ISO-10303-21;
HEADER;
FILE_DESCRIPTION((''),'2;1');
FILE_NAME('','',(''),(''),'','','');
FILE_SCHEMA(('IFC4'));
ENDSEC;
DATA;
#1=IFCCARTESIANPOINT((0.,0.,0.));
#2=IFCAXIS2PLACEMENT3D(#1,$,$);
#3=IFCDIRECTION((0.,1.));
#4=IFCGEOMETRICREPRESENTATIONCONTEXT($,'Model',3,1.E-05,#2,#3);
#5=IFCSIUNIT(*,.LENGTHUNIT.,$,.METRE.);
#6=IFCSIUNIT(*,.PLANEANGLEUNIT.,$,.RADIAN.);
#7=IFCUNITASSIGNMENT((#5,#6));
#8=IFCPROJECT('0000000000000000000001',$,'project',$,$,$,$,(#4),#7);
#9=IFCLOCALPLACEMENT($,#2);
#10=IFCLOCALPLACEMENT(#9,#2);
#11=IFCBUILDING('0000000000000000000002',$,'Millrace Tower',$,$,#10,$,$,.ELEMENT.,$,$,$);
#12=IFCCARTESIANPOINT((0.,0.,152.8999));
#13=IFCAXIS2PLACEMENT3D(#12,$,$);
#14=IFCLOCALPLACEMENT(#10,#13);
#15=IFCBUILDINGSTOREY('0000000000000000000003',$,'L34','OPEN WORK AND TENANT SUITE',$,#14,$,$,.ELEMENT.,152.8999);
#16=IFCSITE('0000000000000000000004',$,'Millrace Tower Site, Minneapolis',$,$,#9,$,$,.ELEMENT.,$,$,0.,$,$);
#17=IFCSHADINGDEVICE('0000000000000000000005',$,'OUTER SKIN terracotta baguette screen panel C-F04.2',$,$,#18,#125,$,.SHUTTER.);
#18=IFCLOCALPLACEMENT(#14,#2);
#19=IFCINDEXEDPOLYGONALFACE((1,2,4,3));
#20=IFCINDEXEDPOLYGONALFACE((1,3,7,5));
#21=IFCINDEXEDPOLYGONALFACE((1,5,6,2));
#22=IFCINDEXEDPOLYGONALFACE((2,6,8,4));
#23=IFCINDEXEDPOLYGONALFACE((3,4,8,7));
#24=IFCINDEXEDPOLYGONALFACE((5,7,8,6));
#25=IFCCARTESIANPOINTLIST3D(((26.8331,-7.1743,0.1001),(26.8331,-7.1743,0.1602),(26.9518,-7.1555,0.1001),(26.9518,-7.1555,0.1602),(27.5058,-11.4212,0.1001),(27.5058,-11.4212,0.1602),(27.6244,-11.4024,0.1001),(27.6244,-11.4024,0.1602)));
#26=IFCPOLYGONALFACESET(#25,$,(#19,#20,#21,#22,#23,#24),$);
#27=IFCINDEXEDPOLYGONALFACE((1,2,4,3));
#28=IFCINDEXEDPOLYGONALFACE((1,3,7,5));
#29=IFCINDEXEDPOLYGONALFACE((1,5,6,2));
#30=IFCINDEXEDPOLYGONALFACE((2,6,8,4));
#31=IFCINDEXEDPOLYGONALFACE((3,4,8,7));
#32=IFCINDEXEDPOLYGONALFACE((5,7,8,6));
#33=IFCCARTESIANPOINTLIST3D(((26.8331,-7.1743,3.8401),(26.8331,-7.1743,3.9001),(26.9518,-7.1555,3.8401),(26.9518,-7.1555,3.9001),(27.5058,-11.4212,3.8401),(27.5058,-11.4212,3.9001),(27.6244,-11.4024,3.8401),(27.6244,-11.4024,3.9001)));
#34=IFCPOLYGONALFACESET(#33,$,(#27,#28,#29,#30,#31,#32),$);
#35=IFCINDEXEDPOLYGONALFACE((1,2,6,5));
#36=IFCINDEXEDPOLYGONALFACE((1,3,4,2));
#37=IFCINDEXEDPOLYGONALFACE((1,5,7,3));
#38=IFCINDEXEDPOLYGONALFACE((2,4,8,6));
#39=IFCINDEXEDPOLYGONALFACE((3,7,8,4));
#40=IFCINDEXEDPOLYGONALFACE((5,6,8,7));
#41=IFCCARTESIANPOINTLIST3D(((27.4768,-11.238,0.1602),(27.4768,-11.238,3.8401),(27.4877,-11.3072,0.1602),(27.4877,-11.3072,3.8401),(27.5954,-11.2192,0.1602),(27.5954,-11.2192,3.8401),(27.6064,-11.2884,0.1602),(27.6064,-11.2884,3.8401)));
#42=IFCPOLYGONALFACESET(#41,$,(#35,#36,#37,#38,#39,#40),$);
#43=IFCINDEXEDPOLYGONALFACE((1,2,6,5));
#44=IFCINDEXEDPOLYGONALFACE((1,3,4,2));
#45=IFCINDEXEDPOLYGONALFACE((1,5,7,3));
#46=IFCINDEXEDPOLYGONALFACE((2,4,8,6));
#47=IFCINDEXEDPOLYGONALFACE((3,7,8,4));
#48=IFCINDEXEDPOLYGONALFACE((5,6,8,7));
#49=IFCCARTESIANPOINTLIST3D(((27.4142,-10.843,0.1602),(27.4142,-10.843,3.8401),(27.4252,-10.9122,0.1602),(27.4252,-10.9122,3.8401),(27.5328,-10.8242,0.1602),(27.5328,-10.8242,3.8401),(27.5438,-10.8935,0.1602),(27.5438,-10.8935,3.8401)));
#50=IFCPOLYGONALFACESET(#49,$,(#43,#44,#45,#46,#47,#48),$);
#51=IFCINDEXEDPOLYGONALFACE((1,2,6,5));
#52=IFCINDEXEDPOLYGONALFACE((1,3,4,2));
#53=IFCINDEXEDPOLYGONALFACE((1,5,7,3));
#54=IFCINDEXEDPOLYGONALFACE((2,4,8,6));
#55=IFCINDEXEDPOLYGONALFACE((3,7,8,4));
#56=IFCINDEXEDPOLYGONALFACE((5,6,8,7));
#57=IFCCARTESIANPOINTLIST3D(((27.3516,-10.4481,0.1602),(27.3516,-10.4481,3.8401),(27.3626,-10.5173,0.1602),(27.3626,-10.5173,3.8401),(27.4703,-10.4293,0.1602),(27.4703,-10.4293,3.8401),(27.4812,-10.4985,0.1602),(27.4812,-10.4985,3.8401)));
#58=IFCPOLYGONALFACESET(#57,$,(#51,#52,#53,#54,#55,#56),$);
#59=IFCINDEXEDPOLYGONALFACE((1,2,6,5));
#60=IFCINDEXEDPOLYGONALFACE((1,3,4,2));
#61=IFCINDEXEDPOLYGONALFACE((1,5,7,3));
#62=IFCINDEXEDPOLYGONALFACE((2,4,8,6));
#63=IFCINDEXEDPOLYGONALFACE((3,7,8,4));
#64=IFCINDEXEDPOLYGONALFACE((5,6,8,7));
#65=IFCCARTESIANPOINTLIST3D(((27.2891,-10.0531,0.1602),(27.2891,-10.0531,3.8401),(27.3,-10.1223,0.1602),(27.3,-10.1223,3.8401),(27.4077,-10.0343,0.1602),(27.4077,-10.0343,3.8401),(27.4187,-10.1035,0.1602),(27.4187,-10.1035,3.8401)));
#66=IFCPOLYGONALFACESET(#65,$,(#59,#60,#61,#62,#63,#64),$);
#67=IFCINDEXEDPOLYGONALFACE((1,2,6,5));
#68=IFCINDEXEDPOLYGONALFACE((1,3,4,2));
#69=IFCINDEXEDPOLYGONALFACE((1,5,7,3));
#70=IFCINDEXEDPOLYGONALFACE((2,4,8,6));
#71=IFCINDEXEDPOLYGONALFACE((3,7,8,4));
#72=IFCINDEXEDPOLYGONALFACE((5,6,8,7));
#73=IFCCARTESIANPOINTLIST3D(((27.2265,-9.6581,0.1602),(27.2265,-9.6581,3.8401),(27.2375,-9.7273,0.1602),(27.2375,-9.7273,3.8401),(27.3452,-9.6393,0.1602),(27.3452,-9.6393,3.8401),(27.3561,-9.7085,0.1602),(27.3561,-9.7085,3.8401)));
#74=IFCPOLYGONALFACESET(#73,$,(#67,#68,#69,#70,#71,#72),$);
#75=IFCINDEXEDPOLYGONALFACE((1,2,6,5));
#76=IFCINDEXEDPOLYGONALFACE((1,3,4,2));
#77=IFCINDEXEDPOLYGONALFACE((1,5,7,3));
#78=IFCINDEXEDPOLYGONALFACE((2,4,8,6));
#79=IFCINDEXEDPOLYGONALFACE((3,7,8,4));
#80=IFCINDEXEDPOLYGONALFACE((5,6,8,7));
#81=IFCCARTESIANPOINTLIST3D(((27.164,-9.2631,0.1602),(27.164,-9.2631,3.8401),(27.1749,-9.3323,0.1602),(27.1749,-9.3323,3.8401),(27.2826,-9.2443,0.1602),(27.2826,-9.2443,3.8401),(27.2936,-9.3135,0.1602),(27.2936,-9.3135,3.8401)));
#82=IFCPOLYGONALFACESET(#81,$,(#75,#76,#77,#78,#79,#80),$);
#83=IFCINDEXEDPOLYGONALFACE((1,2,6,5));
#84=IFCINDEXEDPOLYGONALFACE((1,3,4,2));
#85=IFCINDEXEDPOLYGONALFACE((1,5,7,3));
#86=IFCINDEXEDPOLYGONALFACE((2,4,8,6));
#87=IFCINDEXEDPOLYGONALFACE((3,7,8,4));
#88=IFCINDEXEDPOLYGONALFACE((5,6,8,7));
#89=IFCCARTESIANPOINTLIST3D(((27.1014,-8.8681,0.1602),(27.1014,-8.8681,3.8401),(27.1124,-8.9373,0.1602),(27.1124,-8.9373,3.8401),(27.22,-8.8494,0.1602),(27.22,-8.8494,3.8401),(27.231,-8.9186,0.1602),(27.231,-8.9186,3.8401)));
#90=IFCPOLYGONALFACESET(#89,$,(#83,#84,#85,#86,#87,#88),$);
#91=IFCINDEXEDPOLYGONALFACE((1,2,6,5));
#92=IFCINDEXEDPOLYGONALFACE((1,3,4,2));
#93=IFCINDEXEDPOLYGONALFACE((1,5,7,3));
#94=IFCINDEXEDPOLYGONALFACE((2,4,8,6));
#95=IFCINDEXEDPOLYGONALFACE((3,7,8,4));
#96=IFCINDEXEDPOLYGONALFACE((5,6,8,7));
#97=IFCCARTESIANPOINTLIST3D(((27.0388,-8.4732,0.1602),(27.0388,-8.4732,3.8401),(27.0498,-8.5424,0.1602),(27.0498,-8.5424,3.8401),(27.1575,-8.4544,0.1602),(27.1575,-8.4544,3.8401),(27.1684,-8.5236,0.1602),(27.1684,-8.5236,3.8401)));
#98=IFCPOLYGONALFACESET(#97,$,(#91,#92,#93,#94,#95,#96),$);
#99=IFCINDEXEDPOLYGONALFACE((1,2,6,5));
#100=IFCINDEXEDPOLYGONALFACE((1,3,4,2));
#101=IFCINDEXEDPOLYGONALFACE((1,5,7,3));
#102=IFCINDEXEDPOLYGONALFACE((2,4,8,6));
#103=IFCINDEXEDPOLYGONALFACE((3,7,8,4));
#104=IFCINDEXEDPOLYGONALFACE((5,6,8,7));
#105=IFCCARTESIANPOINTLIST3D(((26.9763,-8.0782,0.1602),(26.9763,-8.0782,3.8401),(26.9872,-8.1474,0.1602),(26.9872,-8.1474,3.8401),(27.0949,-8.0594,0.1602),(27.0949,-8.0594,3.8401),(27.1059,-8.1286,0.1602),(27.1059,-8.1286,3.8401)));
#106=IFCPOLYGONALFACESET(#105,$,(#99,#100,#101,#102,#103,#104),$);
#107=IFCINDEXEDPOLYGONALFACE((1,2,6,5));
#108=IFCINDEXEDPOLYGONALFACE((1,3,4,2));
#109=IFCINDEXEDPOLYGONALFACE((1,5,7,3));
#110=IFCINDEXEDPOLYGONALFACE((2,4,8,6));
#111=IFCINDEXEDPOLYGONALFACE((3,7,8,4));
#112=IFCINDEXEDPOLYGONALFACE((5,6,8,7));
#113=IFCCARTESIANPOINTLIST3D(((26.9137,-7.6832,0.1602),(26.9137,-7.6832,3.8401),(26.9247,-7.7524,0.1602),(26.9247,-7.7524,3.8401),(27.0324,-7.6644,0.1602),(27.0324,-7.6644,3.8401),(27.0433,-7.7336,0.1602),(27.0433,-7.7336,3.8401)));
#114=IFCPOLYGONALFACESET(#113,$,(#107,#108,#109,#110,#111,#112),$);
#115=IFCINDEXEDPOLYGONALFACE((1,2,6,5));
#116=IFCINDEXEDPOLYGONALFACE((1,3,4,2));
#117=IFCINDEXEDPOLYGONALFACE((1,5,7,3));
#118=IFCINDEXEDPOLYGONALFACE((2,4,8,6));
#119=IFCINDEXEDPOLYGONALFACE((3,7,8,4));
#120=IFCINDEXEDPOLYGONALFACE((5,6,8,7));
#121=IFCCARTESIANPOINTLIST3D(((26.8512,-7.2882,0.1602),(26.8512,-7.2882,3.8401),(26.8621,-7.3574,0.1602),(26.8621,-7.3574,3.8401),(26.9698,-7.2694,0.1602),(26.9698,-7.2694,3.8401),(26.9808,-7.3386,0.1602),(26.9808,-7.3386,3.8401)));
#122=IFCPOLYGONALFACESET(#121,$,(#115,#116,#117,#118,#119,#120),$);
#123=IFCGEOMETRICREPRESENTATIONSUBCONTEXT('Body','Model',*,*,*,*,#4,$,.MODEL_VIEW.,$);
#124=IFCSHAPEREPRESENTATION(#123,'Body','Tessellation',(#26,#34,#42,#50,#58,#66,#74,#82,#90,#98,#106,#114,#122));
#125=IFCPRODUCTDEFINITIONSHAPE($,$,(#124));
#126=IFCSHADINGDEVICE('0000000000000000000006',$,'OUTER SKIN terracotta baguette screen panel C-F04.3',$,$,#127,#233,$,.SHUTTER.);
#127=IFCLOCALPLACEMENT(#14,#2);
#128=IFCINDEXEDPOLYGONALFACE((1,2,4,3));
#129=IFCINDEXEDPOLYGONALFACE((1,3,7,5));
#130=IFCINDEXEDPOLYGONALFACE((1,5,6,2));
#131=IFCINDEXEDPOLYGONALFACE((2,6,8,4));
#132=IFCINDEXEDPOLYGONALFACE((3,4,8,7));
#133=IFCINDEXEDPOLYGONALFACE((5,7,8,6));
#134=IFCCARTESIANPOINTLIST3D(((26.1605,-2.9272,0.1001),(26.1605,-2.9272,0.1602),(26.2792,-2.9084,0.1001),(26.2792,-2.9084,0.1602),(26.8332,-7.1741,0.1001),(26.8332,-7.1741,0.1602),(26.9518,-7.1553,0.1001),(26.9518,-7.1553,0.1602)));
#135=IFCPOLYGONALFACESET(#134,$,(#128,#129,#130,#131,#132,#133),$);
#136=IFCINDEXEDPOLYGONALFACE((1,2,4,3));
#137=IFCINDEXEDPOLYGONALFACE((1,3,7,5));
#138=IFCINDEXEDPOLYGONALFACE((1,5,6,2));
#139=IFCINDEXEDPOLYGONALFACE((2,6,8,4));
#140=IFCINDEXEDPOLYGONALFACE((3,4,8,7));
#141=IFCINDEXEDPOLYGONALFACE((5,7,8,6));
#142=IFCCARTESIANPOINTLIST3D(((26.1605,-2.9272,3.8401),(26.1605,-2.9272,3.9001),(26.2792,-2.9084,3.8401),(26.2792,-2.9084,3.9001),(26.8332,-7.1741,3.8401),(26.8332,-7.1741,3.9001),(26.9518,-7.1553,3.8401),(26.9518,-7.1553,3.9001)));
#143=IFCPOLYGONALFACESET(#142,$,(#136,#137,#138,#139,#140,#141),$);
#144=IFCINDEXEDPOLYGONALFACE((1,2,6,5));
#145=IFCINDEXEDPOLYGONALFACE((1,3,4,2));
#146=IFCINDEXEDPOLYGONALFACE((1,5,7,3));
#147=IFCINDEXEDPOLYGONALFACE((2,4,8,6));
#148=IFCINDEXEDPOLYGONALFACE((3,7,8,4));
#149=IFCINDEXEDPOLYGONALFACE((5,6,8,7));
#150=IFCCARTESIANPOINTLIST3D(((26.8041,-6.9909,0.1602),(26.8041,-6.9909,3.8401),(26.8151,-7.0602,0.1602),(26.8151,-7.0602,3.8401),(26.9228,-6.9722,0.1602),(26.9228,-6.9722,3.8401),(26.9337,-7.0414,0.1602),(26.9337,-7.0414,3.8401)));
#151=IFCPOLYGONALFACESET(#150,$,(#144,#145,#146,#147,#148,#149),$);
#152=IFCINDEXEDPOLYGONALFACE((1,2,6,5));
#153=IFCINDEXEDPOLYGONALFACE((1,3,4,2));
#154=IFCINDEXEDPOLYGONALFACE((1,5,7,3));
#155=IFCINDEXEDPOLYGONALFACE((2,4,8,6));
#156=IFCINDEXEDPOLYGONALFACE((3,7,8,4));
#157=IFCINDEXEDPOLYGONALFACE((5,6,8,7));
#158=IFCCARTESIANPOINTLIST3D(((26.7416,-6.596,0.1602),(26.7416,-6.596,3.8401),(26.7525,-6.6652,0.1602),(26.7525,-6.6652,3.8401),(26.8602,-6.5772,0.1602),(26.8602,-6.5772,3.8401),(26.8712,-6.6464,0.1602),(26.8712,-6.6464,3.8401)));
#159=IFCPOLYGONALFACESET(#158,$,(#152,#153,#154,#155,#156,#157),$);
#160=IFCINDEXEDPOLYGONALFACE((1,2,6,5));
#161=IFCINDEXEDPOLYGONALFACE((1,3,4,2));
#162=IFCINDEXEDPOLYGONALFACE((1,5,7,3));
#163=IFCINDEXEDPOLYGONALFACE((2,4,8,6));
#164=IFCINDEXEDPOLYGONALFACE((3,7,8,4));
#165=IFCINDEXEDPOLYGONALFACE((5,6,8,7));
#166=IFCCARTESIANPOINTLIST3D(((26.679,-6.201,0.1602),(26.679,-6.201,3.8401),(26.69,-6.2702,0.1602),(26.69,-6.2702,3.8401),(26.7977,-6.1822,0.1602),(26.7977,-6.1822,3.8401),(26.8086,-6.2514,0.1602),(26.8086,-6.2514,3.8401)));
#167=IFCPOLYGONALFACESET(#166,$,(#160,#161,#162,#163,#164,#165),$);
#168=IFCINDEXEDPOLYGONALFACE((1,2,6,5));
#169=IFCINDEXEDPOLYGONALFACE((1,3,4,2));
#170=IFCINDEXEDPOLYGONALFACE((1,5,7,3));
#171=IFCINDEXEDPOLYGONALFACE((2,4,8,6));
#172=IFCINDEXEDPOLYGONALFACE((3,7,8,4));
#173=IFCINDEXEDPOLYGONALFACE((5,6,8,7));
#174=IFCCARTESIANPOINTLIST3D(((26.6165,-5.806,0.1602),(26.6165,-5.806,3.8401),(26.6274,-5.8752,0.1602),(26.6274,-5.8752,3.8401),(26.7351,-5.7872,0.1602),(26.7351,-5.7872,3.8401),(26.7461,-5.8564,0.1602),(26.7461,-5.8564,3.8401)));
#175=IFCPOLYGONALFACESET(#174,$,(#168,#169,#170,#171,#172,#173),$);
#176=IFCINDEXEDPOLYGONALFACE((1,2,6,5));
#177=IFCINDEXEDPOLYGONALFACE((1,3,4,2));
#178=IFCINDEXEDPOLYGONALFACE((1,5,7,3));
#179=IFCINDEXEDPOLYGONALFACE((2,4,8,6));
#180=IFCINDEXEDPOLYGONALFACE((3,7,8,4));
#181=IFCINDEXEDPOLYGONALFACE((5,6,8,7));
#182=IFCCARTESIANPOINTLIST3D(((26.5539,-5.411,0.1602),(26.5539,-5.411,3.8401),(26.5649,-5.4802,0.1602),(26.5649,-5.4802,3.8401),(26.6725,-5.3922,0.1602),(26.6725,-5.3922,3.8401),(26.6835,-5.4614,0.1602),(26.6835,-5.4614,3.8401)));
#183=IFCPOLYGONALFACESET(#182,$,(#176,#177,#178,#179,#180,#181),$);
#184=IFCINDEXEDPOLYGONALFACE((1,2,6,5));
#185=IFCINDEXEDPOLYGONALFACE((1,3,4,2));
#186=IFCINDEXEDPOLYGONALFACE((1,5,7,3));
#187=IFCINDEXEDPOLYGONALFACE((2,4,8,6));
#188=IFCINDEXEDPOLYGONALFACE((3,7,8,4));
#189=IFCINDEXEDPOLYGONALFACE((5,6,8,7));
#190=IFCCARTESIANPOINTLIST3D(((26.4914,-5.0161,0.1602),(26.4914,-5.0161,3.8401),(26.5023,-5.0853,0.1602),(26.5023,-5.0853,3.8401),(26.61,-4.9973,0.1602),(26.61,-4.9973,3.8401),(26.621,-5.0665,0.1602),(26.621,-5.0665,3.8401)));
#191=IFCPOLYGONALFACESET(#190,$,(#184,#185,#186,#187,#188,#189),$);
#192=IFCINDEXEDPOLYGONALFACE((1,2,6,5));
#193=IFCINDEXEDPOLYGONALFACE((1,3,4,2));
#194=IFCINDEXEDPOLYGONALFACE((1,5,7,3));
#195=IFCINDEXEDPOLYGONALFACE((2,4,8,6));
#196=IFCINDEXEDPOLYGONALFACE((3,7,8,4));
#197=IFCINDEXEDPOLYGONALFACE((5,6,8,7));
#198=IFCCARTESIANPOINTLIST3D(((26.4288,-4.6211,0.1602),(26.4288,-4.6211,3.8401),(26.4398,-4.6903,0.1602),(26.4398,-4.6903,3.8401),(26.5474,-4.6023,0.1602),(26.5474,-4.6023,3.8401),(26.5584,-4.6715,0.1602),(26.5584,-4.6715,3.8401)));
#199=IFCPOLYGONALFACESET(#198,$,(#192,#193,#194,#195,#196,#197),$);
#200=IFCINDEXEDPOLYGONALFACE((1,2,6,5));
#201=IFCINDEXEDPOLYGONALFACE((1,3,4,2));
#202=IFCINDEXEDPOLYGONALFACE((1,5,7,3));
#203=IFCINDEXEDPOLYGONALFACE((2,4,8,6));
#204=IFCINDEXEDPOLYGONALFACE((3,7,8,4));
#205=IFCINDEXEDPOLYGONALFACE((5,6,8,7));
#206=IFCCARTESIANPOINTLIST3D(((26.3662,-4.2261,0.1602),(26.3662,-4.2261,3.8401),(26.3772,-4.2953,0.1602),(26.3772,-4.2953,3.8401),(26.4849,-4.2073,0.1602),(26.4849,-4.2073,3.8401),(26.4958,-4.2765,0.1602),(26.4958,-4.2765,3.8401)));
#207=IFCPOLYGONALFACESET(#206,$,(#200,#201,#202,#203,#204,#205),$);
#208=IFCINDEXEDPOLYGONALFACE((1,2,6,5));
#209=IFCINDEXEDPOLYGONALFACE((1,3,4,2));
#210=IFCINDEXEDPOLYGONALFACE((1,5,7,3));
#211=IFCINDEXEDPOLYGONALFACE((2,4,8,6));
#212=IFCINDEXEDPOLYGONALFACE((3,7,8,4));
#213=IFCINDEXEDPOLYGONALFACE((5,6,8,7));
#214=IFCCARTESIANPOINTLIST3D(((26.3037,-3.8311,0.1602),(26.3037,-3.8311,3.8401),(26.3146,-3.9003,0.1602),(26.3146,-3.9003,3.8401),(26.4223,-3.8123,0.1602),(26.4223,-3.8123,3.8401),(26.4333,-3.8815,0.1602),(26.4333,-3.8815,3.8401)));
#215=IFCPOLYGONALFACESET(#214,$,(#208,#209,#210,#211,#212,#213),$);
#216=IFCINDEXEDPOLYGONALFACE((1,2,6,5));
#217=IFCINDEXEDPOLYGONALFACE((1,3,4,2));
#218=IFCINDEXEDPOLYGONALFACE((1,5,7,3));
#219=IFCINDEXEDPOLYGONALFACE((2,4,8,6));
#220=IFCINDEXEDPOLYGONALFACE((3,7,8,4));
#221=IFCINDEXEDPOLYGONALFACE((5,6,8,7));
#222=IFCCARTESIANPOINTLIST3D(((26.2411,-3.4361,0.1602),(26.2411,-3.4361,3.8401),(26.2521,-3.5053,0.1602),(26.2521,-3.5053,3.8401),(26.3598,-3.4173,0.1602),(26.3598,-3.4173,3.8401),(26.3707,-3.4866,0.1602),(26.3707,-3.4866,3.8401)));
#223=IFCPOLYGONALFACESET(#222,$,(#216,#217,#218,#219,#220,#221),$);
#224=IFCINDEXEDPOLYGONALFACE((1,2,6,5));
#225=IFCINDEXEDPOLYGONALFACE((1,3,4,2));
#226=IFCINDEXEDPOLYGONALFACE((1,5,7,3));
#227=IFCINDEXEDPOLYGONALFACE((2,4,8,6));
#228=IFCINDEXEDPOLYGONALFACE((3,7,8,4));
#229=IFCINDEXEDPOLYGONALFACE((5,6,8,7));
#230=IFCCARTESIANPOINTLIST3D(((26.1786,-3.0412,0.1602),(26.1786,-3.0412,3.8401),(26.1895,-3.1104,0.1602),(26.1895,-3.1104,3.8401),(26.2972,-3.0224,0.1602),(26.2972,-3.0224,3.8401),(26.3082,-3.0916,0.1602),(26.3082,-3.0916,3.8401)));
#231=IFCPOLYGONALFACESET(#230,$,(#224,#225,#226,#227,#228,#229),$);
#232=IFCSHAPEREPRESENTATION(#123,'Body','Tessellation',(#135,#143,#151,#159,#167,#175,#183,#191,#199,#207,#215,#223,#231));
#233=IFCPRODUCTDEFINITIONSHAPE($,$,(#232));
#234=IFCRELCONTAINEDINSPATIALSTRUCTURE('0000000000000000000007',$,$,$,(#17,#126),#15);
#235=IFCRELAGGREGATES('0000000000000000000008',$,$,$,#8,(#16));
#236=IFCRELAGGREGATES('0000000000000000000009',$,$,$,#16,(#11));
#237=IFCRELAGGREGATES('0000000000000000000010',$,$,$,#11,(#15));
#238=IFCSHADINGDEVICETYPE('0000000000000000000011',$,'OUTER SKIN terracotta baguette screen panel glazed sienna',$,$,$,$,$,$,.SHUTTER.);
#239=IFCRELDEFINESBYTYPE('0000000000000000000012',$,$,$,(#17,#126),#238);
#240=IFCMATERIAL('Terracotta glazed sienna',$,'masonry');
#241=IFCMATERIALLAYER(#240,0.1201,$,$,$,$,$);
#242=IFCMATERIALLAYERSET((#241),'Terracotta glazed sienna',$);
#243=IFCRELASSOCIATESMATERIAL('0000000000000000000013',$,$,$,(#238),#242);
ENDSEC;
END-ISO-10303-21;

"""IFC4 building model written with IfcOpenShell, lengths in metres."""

from ifc_helpers import new_model, entity, si_unit, direction, frame, frame_2d, origin, origin_2d, place, context, subcontext, project, spatial, rectangle, extrude, source, transform, mapped, material, layer, layer_set, type_object, element, save


model = new_model("IFC4")

# Units and contexts
model_context = context("Model", 3, precision=1e-05, world=origin(), true_north=direction((0.0, 1.0)))
body_context = subcontext(model_context, "Body", "Model", "MODEL_VIEW")
ifc_project = project(units=[si_unit("LENGTHUNIT", "METRE"), si_unit("PLANEANGLEUNIT", "RADIAN")], contexts=[model_context])

# Site, building, storey
site_placement = place(None, origin())
site = spatial("IfcSite", under=ifc_project, at=site_placement, Name="Millrace Tower Site, Minneapolis", CompositionType="ELEMENT", RefElevation=0.0)
building_placement = place(site_placement, origin())
building = spatial("IfcBuilding", under=site, at=building_placement, Name="Millrace Tower", CompositionType="ELEMENT")
storey_placement = place(building_placement, frame((0.0, 0.0, 152.8999)))
storey = spatial("IfcBuildingStorey", under=building, at=storey_placement, Name="L34", Description="OPEN WORK AND TENANT SUITE", CompositionType="ELEMENT", Elevation=152.8999)

# Shading devices
ifc_material_1 = material(Name="Terracotta glazed sienna", Category="masonry")
ifc_layer_1 = layer(ifc_material_1, 0.1201)
ifc_layer_set_1 = layer_set([ifc_layer_1], Name="Terracotta glazed sienna")
shading_device_type = type_object("IfcShadingDeviceType", Name="OUTER SKIN terracotta baguette screen panel glazed sienna", PredefinedType="SHUTTER", material=ifc_layer_set_1)
cartesian_point = entity("IfcCartesianPoint", [-2.1499, 0.0601])
shared_polyline = entity("IfcPolyline", [cartesian_point, entity("IfcCartesianPoint", [2.1499, 0.0601]), entity("IfcCartesianPoint", [2.1499, -0.0601]), entity("IfcCartesianPoint", [-2.1499, -0.0601]), cartesian_point])
shared_shape = source(origin(), body_context, "Body", "SweptSolid", [
    entity("IfcExtrudedAreaSolid", entity("IfcArbitraryClosedProfileDef", "AREA", None, shared_polyline), entity("IfcAxis2Placement3D", entity("IfcCartesianPoint", [0.0, 0.0, 0.0])), entity("IfcDirection", [0.0, 0.0, 1.0]), 0.0601),
    entity("IfcExtrudedAreaSolid", entity("IfcArbitraryClosedProfileDef", "AREA", None, shared_polyline), entity("IfcAxis2Placement3D", entity("IfcCartesianPoint", [0.0, 0.0, 3.74])), entity("IfcDirection", [0.0, 0.0, 1.0]), 0.0601),
    extrude(rectangle(XDim=0.0701, YDim=0.1201, at=frame_2d((-1.9995, 0.0))), frame((0.0, 0.0, 0.0601)), (0.0, 0.0, 1.0), 3.6799),
    extrude(rectangle(XDim=0.0701, YDim=0.1201, at=frame_2d((-1.5996, 0.0))), frame((0.0, 0.0, 0.0601)), (0.0, 0.0, 1.0), 3.6799),
    extrude(rectangle(XDim=0.0701, YDim=0.1201, at=frame_2d((-1.1997, 0.0))), frame((0.0, 0.0, 0.0601)), (0.0, 0.0, 1.0), 3.6799),
    extrude(rectangle(XDim=0.0701, YDim=0.1201, at=frame_2d((-0.7998, 0.0))), frame((0.0, 0.0, 0.0601)), (0.0, 0.0, 1.0), 3.6799),
    extrude(rectangle(XDim=0.0701, YDim=0.1201, at=frame_2d((-0.3999, 0.0))), frame((0.0, 0.0, 0.0601)), (0.0, 0.0, 1.0), 3.6799),
    extrude(rectangle(XDim=0.0701, YDim=0.1201, at=origin_2d()), frame((0.0, 0.0, 0.0601)), (0.0, 0.0, 1.0), 3.6799),
    extrude(rectangle(XDim=0.0701, YDim=0.1201, at=frame_2d((0.3999, 0.0))), frame((0.0, 0.0, 0.0601)), (0.0, 0.0, 1.0), 3.6799),
    extrude(rectangle(XDim=0.0701, YDim=0.1201, at=frame_2d((0.7998, 0.0))), frame((0.0, 0.0, 0.0601)), (0.0, 0.0, 1.0), 3.6799),
    extrude(rectangle(XDim=0.0701, YDim=0.1201, at=frame_2d((1.1997, 0.0))), frame((0.0, 0.0, 0.0601)), (0.0, 0.0, 1.0), 3.6799),
    extrude(rectangle(XDim=0.0701, YDim=0.1201, at=frame_2d((1.5996, 0.0))), frame((0.0, 0.0, 0.0601)), (0.0, 0.0, 1.0), 3.6799),
    extrude(rectangle(XDim=0.0701, YDim=0.1201, at=frame_2d((1.9995, 0.0))), frame((0.0, 0.0, 0.0601)), (0.0, 0.0, 1.0), 3.6799),
])
for number, where, z_axis, x_axis, name in (
    (1, (27.2288, -9.2883, 0.1001), (0.0, 0.0, 1.0), (-0.156434, 0.987688, 0.0), "OUTER SKIN terracotta baguette screen panel C-F04.2"),
    (2, (26.5562, -5.0413, 0.1001), (0.0, 0.0, 1.0), (-0.156434, 0.987688, 0.0), "OUTER SKIN terracotta baguette screen panel C-F04.3"),
):
    element("IfcShadingDevice", number, at=place(storey_placement, frame(where, z_axis=z_axis, x_axis=x_axis)), inside=storey, type_object=shading_device_type, Name=name, PredefinedType="SHUTTER", context=body_context, shape_type="MappedRepresentation", body=[
        mapped(shared_shape, transform((0.0, 0.0, 0.0), scale=1.0)),
    ])

save(model, "model.ifc")
